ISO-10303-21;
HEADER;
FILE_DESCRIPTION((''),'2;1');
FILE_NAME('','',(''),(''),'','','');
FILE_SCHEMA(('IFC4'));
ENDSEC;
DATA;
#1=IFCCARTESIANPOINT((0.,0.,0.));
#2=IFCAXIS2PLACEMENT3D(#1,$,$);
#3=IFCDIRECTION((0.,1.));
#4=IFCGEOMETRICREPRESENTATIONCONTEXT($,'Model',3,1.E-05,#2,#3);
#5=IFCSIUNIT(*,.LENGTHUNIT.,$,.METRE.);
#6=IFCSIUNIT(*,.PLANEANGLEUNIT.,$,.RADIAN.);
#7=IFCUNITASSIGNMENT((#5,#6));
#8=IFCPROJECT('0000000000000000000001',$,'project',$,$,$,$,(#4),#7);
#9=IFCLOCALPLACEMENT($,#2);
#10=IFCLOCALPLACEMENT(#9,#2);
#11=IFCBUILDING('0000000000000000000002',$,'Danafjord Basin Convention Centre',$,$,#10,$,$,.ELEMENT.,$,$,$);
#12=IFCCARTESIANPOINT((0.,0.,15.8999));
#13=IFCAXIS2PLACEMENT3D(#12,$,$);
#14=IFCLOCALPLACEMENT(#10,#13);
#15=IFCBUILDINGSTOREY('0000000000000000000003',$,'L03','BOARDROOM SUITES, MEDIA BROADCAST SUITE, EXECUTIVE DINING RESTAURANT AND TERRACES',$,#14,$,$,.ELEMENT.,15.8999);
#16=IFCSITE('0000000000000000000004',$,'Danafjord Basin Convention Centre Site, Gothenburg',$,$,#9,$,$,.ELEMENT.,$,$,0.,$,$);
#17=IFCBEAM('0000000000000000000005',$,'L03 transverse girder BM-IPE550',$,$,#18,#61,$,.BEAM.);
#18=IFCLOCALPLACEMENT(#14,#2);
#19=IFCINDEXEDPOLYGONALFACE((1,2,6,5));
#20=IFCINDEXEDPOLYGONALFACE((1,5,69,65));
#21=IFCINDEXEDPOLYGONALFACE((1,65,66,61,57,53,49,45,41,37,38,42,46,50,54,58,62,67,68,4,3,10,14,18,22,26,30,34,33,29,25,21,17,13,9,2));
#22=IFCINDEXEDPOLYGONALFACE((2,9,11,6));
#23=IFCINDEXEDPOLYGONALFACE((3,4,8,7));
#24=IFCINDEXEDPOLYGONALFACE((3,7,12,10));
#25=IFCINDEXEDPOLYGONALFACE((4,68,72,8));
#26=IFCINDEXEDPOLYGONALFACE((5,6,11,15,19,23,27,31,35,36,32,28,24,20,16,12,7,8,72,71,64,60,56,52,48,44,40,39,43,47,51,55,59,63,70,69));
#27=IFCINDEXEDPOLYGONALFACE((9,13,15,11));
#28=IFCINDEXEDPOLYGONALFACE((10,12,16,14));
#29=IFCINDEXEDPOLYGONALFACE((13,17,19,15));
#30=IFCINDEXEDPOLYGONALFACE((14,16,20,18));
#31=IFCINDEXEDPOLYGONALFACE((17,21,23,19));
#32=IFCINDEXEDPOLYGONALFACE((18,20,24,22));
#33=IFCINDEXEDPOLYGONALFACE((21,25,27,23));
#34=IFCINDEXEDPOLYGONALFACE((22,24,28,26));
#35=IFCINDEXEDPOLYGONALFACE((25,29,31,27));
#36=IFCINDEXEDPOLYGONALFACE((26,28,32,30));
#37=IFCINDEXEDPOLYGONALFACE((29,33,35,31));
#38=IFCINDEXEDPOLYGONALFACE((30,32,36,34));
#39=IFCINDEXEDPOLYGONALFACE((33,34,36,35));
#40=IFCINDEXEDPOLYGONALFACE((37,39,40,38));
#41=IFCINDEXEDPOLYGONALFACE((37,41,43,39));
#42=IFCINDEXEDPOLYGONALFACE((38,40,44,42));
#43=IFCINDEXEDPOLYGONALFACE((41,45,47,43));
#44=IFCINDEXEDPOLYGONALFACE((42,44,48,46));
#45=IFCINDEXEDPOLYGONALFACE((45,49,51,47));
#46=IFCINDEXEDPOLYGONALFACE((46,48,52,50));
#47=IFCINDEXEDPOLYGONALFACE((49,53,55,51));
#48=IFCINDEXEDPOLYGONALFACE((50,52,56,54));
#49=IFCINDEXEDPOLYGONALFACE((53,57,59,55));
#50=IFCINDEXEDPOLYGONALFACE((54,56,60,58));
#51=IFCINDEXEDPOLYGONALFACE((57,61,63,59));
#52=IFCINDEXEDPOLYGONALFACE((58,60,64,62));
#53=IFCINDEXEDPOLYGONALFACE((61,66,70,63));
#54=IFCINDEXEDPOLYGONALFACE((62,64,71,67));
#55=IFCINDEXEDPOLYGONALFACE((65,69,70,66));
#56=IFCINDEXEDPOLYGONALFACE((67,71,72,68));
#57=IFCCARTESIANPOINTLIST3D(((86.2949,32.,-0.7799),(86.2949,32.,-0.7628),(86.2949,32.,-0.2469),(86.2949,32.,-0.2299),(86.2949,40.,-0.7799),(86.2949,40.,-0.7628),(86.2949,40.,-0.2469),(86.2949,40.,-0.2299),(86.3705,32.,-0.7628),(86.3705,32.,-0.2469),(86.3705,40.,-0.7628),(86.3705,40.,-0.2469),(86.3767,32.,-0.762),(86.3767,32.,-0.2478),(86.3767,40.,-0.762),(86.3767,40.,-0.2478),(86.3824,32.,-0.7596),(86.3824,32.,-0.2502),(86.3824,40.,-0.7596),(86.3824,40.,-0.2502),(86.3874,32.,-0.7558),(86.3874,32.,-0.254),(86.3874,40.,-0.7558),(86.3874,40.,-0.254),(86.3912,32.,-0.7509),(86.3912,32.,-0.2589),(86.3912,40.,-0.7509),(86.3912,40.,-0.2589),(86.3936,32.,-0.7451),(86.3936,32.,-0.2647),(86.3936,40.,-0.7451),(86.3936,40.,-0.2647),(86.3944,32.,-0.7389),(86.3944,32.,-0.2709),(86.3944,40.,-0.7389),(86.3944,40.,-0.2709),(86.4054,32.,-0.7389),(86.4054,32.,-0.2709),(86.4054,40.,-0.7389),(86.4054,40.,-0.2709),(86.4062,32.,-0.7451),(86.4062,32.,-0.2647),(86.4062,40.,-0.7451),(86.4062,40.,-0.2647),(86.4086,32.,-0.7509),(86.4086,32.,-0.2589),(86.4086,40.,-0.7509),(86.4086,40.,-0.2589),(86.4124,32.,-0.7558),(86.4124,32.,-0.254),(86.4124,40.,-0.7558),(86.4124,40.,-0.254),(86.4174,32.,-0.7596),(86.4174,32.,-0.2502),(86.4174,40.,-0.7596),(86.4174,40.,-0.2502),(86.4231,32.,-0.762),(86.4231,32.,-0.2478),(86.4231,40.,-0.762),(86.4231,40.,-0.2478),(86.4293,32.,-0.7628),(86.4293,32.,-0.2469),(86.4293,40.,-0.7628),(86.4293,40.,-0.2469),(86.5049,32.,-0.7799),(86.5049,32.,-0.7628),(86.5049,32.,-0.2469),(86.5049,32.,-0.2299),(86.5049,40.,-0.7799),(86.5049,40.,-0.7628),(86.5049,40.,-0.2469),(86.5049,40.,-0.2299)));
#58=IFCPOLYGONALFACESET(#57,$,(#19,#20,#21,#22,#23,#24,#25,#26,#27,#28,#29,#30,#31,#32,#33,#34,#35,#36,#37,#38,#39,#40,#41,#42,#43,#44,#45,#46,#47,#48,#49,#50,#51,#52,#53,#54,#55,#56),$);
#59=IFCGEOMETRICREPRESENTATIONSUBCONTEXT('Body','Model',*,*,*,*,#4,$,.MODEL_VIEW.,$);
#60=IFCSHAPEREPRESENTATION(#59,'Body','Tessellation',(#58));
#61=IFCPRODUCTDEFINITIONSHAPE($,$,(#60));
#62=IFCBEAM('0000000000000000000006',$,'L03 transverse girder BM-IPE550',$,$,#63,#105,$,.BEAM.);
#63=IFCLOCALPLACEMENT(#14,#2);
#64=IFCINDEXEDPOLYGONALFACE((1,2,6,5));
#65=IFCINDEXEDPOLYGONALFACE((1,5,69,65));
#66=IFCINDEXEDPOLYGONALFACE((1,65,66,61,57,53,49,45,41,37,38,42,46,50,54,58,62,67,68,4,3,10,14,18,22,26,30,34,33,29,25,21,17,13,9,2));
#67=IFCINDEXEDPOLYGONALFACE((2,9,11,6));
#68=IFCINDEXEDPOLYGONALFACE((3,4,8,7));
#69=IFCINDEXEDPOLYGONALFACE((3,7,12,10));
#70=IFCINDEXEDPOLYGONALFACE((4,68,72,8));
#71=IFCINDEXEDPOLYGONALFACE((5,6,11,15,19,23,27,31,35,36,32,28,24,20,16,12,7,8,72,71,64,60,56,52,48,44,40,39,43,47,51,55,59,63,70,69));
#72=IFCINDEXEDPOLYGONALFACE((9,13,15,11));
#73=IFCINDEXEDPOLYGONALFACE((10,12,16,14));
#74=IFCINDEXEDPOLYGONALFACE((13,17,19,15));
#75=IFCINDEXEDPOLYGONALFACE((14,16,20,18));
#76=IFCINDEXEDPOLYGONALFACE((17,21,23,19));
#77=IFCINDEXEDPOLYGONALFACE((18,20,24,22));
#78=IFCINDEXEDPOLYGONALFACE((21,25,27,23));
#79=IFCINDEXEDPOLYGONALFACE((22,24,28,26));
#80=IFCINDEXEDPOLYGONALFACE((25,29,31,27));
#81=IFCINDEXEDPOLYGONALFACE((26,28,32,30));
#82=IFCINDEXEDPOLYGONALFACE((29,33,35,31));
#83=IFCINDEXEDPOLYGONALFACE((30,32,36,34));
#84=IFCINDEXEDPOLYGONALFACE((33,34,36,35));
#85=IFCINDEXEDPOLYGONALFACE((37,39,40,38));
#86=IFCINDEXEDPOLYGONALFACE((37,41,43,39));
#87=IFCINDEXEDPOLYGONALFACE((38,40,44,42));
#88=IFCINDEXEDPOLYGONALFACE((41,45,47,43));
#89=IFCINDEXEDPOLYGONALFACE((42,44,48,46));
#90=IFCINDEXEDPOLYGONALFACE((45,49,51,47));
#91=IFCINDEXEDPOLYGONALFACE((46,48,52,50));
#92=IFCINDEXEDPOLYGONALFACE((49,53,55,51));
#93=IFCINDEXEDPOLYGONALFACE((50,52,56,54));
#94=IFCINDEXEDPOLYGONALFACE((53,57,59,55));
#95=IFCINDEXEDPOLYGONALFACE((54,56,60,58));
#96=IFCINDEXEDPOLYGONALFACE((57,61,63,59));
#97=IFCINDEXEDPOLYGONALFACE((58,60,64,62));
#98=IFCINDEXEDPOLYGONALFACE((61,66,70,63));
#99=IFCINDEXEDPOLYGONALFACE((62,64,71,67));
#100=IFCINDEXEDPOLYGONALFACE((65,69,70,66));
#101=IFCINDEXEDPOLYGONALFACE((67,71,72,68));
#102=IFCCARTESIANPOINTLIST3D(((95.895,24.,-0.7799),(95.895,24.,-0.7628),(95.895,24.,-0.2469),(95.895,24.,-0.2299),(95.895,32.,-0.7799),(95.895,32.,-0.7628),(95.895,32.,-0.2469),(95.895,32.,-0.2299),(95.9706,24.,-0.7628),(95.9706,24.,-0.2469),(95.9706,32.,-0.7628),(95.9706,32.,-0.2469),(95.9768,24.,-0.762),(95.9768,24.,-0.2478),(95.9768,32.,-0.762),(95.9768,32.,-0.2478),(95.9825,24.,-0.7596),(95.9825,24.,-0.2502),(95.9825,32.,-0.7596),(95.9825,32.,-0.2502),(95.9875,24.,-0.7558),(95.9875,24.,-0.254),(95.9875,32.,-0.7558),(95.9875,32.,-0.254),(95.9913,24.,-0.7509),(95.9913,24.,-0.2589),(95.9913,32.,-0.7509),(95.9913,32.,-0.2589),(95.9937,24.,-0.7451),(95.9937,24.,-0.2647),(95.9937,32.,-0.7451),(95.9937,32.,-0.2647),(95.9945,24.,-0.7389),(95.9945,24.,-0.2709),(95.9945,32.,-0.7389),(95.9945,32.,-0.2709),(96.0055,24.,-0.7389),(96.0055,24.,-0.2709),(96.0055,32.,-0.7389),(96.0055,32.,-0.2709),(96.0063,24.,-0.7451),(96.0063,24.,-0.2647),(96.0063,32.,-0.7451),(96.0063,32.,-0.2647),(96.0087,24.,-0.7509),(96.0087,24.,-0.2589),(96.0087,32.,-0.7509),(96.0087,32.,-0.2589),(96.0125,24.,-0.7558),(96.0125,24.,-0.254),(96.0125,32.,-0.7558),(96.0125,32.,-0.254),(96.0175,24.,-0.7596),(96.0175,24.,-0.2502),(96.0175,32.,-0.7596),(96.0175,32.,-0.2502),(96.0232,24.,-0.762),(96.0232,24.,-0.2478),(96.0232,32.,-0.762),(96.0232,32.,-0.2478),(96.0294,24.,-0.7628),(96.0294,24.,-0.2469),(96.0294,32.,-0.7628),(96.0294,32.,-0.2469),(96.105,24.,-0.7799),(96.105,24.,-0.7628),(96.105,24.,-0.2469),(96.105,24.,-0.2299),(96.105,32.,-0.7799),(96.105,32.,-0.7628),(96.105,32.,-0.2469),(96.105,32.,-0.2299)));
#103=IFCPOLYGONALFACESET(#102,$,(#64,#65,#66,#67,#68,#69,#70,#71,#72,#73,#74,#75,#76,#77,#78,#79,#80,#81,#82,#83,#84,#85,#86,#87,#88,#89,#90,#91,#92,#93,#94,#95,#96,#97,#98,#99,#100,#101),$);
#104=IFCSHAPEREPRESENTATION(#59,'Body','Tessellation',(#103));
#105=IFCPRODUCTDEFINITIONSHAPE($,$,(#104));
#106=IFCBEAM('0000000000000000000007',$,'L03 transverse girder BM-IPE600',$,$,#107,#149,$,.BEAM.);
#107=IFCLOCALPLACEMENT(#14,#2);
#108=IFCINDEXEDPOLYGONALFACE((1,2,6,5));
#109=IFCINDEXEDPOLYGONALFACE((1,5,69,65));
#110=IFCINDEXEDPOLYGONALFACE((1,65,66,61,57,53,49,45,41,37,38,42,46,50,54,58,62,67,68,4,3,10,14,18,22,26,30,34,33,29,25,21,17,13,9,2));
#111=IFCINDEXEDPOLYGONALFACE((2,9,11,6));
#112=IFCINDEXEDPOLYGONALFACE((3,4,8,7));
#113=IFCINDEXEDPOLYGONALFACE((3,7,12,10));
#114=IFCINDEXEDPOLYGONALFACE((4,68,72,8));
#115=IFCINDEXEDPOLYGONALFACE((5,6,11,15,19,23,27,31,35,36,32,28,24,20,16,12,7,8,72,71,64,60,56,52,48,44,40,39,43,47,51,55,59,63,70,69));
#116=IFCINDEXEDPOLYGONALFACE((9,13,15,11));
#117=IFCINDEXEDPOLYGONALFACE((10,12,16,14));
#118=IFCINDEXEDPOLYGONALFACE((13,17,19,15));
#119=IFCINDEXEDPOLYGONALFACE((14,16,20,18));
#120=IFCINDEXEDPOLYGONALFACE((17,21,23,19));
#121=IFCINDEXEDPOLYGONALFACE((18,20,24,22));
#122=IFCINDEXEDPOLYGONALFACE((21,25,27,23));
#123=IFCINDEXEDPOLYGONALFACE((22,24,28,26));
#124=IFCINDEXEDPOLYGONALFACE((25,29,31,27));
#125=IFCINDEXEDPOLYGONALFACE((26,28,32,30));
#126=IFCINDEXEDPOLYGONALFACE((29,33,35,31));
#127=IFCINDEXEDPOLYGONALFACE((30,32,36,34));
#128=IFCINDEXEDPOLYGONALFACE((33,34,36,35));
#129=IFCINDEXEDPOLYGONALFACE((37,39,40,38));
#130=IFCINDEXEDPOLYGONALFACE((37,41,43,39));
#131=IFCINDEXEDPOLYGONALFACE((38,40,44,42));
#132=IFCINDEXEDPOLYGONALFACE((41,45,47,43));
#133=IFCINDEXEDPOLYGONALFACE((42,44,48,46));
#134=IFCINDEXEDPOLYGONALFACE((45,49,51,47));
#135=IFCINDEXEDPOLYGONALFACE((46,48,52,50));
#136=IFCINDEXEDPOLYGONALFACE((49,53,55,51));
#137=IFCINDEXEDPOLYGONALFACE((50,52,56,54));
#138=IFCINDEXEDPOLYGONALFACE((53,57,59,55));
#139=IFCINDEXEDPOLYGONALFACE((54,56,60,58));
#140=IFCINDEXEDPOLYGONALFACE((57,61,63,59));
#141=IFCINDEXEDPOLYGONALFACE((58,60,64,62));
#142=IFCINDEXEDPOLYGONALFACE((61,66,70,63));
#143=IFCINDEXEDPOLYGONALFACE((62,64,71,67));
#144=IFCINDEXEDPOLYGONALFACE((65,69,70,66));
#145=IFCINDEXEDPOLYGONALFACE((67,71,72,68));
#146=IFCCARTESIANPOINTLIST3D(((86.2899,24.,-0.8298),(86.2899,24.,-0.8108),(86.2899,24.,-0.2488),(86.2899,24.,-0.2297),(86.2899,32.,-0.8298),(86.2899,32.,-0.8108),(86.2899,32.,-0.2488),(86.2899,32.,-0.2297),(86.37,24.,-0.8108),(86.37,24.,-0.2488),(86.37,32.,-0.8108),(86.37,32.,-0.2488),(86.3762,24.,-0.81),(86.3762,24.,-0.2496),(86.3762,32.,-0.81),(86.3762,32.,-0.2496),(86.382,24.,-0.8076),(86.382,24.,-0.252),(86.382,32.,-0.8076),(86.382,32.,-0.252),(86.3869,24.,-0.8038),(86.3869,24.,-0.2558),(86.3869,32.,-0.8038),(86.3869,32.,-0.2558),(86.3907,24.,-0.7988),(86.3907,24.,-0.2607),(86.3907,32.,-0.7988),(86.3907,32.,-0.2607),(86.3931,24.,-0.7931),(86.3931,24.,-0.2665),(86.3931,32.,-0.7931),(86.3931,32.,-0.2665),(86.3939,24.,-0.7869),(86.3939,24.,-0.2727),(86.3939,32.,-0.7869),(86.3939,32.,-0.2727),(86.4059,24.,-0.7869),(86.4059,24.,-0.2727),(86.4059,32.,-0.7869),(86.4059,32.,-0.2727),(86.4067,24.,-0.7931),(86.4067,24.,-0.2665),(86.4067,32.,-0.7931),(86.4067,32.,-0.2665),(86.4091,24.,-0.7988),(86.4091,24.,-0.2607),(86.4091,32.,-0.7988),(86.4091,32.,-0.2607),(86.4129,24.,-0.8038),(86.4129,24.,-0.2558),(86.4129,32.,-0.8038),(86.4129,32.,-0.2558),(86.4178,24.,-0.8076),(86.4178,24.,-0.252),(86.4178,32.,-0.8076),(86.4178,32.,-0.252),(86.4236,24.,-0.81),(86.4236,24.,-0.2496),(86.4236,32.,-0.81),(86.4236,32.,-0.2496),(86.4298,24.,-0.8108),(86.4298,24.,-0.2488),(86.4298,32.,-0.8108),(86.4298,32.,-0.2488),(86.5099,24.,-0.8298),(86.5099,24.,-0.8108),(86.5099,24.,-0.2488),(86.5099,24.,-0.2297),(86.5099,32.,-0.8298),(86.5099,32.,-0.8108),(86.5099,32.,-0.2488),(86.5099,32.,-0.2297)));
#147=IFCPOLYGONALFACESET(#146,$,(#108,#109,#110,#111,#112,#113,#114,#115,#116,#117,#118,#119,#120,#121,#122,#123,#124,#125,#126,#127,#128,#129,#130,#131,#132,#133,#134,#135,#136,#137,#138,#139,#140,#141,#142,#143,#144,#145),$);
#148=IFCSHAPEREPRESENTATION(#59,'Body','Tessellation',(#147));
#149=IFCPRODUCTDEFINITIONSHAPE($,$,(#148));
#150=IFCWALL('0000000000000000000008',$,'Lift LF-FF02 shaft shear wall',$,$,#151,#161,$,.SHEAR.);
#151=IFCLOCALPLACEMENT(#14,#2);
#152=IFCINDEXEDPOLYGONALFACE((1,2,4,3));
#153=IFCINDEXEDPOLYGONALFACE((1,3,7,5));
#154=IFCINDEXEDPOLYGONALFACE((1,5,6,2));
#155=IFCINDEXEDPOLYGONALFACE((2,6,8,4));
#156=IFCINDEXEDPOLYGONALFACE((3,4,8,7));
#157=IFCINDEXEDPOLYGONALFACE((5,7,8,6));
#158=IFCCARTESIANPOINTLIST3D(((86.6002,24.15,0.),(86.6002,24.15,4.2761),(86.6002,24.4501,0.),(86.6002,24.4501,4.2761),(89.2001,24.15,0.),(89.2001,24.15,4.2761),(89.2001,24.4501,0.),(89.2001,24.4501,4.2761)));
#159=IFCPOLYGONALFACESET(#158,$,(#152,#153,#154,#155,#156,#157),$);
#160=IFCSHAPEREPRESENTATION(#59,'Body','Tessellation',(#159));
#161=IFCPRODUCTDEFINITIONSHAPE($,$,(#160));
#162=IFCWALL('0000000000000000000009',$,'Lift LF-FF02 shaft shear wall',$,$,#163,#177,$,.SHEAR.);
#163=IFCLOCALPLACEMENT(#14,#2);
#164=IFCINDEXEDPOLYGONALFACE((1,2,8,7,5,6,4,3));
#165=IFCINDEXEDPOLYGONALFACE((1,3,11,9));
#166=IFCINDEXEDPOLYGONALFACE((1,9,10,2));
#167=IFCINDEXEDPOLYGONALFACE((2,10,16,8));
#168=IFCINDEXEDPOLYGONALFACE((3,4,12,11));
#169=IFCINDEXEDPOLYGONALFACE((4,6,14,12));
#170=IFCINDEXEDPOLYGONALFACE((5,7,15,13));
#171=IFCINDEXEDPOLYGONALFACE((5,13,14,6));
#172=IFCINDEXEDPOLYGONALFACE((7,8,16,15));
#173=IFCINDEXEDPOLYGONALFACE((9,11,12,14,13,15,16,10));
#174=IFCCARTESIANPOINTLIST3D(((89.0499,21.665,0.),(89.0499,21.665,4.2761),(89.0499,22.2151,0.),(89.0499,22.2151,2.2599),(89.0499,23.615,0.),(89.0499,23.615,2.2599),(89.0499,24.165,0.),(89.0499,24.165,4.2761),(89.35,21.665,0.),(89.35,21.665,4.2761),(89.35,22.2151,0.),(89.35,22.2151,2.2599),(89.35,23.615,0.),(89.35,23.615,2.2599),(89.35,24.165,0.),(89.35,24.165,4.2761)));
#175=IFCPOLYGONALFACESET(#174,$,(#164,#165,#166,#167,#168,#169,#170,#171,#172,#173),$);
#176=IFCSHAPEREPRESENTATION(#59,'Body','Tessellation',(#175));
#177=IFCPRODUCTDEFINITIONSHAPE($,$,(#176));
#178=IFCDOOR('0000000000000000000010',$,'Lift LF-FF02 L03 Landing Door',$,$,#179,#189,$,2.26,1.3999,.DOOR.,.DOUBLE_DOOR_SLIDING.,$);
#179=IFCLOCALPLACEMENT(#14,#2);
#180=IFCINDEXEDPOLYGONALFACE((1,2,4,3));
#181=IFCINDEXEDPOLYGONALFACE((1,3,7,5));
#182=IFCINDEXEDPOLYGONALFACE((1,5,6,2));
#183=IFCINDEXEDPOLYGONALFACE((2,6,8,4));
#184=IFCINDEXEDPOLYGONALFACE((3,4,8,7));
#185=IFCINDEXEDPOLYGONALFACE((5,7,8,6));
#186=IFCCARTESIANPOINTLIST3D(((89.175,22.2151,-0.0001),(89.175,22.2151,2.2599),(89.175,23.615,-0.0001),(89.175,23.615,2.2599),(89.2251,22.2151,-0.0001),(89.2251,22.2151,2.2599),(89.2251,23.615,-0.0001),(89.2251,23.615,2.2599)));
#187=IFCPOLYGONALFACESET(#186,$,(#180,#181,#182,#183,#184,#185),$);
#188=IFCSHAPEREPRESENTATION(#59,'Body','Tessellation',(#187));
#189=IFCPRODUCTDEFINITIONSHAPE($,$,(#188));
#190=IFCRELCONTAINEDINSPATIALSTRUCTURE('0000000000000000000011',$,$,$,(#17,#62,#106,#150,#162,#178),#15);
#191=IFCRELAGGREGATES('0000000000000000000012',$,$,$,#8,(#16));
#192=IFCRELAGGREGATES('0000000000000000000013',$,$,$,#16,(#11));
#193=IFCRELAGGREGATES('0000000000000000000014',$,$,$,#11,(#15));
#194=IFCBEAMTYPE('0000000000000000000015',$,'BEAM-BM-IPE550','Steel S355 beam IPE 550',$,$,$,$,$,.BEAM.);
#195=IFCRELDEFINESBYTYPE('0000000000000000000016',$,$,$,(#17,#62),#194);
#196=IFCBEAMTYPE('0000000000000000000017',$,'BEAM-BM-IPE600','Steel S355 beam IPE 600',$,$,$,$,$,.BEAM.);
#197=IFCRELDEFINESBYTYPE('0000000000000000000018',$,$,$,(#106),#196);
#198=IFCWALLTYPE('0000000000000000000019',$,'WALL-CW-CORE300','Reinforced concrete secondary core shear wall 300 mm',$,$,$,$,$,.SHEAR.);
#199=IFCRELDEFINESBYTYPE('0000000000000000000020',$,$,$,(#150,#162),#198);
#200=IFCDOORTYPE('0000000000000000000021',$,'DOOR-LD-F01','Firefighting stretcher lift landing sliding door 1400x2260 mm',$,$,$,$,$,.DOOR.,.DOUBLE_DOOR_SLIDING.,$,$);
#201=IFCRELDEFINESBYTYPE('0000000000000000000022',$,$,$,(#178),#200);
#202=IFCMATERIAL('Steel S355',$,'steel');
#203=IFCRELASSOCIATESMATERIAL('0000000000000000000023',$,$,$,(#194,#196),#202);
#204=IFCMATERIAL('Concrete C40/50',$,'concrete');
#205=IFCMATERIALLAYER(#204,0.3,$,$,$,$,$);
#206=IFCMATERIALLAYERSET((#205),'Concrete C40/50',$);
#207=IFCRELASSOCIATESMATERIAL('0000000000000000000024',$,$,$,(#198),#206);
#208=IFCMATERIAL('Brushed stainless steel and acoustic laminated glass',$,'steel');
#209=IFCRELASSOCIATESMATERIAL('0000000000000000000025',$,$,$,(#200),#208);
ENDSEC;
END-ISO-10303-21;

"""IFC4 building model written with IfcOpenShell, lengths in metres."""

from ifc_helpers import new_model, si_unit, direction, frame, frame_2d, origin, origin_2d, place, context, subcontext, project, spatial, rectangle, i_section, extrude, material, layer, layer_set, material_profile, profile_set, type_object, element, fill, save


model = new_model("IFC4")

# Units and contexts
model_context = context("Model", 3, precision=1e-05, world=origin(), true_north=direction((0.0, 1.0)))
body_context = subcontext(model_context, "Body", "Model", "MODEL_VIEW")
ifc_project = project(units=[si_unit("LENGTHUNIT", "METRE"), si_unit("PLANEANGLEUNIT", "RADIAN")], contexts=[model_context])

# Site, building, storey
site_placement = place(None, origin())
site = spatial("IfcSite", under=ifc_project, at=site_placement, Name="Danafjord Basin Convention Centre Site, Gothenburg", CompositionType="ELEMENT", RefElevation=0.0)
building_placement = place(site_placement, origin())
building = spatial("IfcBuilding", under=site, at=building_placement, Name="Danafjord Basin Convention Centre", CompositionType="ELEMENT")
storey_placement = place(building_placement, frame((0.0, 0.0, 15.8999)))
storey = spatial("IfcBuildingStorey", under=building, at=storey_placement, Name="L03", Description="BOARDROOM SUITES, MEDIA BROADCAST SUITE, EXECUTIVE DINING RESTAURANT AND TERRACES", CompositionType="ELEMENT", Elevation=15.8999)

# Shared definitions
ifc_material_1 = material(Name="Steel S355", Category="steel")

# Beams
ifc_material_profile_1 = material_profile(ifc_material_1, i_section(OverallWidth=0.21, OverallDepth=0.55, WebThickness=0.011, FlangeThickness=0.0171, FilletRadius=0.0239, at=origin_2d()), Name="IPE 550")
ifc_profile_set_1 = profile_set([ifc_material_profile_1], Name="Steel S355")
beam_type_1 = type_object("IfcBeamType", Name="BEAM-BM-IPE550", Description="Steel S355 beam IPE 550", PredefinedType="BEAM", material=ifc_profile_set_1)
for number, where, z_axis, x_axis, name in (
    (1, (86.3999, 32.0, -0.5049), (0.0, 1.0, 0.0), (-1.0, 0.0, 0.0), "L03 transverse girder BM-IPE550"),
    (2, (96.0, 24.0, -0.5049), (0.0, 1.0, 0.0), (-1.0, 0.0, 0.0), "L03 transverse girder BM-IPE550"),
):
    element("IfcBeam", number, at=place(storey_placement, frame(where, z_axis=z_axis, x_axis=x_axis)), inside=storey, type_object=beam_type_1, Name=name, PredefinedType="BEAM", context=body_context, shape_type="SweptSolid", body=[
        extrude(i_section(OverallWidth=0.21, OverallDepth=0.55, WebThickness=0.011, FlangeThickness=0.0171, FilletRadius=0.0239, at=origin_2d()), origin(), (0.0, 0.0, 1.0), 8.0),
    ])
ifc_material_profile_2 = material_profile(ifc_material_1, i_section(OverallWidth=0.22, OverallDepth=0.6001, WebThickness=0.012, FlangeThickness=0.019, FilletRadius=0.0239, at=origin_2d()), Name="IPE 600")
ifc_profile_set_2 = profile_set([ifc_material_profile_2], Name="Steel S355")
beam_type_2 = type_object("IfcBeamType", Name="BEAM-BM-IPE600", Description="Steel S355 beam IPE 600", PredefinedType="BEAM", material=ifc_profile_set_2)
beam_1_placement = place(storey_placement, frame((86.3999, 24.0, -0.5298), z_axis=(0.0, 1.0, 0.0), x_axis=(-1.0, 0.0, 0.0)))
element("IfcBeam", 3, at=beam_1_placement, inside=storey, type_object=beam_type_2, Name="L03 transverse girder BM-IPE600", PredefinedType="BEAM", context=body_context, shape_type="SweptSolid", body=[
    extrude(i_section(OverallWidth=0.22, OverallDepth=0.6001, WebThickness=0.012, FlangeThickness=0.019, FilletRadius=0.0239, at=origin_2d()), origin(), (0.0, 0.0, 1.0), 8.0),
])

# Wall
ifc_material_2 = material(Name="Concrete C40/50", Category="concrete")
ifc_layer_1 = layer(ifc_material_2, 0.3)
ifc_layer_set_1 = layer_set([ifc_layer_1], Name="Concrete C40/50")
wall_type_1 = type_object("IfcWallType", Name="WALL-CW-CORE300", Description="Reinforced concrete secondary core shear wall 300 mm", PredefinedType="SHEAR", material=ifc_layer_set_1)
wall_1_placement = place(storey_placement, frame((89.2, 24.3, 0.0), z_axis=(0.0, 0.0, 1.0), x_axis=(-1.0, 0.0, 0.0)))
element("IfcWall", 4, at=wall_1_placement, inside=storey, type_object=wall_type_1, Name="Lift LF-FF02 shaft shear wall", PredefinedType="SHEAR", context=body_context, shape_type="SweptSolid", body=[
    extrude(rectangle(XDim=2.5999, YDim=0.3, at=frame_2d((1.2998, 0.0))), origin(), (0.0, 0.0, 1.0), 4.2761),
])

# Wall, opening, door
wall_2_placement = place(storey_placement, frame((89.2, 21.665, 0.0), z_axis=(0.0, 0.0, 1.0), x_axis=(0.0, 1.0, 0.0)))
wall_2 = element("IfcWall", 5, at=wall_2_placement, inside=storey, type_object=wall_type_1, Name="Lift LF-FF02 shaft shear wall", PredefinedType="SHEAR", context=body_context, shape_type="SweptSolid", body=[
    extrude(rectangle(XDim=2.5, YDim=0.3, at=frame_2d((1.25, 0.0))), origin(), (0.0, 0.0, 1.0), 4.2761),
])
opening_1_placement = place(wall_2_placement, frame((0.55, 0.0, 0.0)))
opening_1 = element("IfcOpeningElement", 6, at=opening_1_placement, cuts=wall_2, PredefinedType="OPENING", context=body_context, shape_type="SweptSolid", body=[
    extrude(rectangle(XDim=1.3999, YDim=2.26, at=frame_2d((0.7, 1.1299))), frame((0.0, 0.1599, 0.0), z_axis=(0.0, -1.0, 0.0), x_axis=(1.0, 0.0, 0.0)), (0.0, 0.0, 1.0), 0.3201),
])
ifc_material_3 = material(Name="Brushed stainless steel and acoustic laminated glass", Category="steel")
door_type_1 = type_object("IfcDoorType", Name="DOOR-LD-F01", Description="Firefighting stretcher lift landing sliding door 1400x2260 mm", OperationType="DOUBLE_DOOR_SLIDING", PredefinedType="DOOR", material=ifc_material_3)
door_1_placement = place(opening_1_placement, origin())
door_1 = element("IfcDoor", 7, at=door_1_placement, inside=storey, type_object=door_type_1, Name="Lift LF-FF02 L03 Landing Door", OperationType="DOUBLE_DOOR_SLIDING", OverallHeight=2.26, OverallWidth=1.3999, PredefinedType="DOOR", context=body_context, shape_type="SweptSolid", body=[
    extrude(rectangle(XDim=1.3999, YDim=2.26, at=frame_2d((0.7, 1.1299))), frame((0.0, 0.0249, 0.0), z_axis=(0.0, -1.0, 0.0), x_axis=(1.0, 0.0, 0.0)), (0.0, 0.0, 1.0), 0.05),
])
fill(opening_1, door_1)

save(model, "model.ifc")
